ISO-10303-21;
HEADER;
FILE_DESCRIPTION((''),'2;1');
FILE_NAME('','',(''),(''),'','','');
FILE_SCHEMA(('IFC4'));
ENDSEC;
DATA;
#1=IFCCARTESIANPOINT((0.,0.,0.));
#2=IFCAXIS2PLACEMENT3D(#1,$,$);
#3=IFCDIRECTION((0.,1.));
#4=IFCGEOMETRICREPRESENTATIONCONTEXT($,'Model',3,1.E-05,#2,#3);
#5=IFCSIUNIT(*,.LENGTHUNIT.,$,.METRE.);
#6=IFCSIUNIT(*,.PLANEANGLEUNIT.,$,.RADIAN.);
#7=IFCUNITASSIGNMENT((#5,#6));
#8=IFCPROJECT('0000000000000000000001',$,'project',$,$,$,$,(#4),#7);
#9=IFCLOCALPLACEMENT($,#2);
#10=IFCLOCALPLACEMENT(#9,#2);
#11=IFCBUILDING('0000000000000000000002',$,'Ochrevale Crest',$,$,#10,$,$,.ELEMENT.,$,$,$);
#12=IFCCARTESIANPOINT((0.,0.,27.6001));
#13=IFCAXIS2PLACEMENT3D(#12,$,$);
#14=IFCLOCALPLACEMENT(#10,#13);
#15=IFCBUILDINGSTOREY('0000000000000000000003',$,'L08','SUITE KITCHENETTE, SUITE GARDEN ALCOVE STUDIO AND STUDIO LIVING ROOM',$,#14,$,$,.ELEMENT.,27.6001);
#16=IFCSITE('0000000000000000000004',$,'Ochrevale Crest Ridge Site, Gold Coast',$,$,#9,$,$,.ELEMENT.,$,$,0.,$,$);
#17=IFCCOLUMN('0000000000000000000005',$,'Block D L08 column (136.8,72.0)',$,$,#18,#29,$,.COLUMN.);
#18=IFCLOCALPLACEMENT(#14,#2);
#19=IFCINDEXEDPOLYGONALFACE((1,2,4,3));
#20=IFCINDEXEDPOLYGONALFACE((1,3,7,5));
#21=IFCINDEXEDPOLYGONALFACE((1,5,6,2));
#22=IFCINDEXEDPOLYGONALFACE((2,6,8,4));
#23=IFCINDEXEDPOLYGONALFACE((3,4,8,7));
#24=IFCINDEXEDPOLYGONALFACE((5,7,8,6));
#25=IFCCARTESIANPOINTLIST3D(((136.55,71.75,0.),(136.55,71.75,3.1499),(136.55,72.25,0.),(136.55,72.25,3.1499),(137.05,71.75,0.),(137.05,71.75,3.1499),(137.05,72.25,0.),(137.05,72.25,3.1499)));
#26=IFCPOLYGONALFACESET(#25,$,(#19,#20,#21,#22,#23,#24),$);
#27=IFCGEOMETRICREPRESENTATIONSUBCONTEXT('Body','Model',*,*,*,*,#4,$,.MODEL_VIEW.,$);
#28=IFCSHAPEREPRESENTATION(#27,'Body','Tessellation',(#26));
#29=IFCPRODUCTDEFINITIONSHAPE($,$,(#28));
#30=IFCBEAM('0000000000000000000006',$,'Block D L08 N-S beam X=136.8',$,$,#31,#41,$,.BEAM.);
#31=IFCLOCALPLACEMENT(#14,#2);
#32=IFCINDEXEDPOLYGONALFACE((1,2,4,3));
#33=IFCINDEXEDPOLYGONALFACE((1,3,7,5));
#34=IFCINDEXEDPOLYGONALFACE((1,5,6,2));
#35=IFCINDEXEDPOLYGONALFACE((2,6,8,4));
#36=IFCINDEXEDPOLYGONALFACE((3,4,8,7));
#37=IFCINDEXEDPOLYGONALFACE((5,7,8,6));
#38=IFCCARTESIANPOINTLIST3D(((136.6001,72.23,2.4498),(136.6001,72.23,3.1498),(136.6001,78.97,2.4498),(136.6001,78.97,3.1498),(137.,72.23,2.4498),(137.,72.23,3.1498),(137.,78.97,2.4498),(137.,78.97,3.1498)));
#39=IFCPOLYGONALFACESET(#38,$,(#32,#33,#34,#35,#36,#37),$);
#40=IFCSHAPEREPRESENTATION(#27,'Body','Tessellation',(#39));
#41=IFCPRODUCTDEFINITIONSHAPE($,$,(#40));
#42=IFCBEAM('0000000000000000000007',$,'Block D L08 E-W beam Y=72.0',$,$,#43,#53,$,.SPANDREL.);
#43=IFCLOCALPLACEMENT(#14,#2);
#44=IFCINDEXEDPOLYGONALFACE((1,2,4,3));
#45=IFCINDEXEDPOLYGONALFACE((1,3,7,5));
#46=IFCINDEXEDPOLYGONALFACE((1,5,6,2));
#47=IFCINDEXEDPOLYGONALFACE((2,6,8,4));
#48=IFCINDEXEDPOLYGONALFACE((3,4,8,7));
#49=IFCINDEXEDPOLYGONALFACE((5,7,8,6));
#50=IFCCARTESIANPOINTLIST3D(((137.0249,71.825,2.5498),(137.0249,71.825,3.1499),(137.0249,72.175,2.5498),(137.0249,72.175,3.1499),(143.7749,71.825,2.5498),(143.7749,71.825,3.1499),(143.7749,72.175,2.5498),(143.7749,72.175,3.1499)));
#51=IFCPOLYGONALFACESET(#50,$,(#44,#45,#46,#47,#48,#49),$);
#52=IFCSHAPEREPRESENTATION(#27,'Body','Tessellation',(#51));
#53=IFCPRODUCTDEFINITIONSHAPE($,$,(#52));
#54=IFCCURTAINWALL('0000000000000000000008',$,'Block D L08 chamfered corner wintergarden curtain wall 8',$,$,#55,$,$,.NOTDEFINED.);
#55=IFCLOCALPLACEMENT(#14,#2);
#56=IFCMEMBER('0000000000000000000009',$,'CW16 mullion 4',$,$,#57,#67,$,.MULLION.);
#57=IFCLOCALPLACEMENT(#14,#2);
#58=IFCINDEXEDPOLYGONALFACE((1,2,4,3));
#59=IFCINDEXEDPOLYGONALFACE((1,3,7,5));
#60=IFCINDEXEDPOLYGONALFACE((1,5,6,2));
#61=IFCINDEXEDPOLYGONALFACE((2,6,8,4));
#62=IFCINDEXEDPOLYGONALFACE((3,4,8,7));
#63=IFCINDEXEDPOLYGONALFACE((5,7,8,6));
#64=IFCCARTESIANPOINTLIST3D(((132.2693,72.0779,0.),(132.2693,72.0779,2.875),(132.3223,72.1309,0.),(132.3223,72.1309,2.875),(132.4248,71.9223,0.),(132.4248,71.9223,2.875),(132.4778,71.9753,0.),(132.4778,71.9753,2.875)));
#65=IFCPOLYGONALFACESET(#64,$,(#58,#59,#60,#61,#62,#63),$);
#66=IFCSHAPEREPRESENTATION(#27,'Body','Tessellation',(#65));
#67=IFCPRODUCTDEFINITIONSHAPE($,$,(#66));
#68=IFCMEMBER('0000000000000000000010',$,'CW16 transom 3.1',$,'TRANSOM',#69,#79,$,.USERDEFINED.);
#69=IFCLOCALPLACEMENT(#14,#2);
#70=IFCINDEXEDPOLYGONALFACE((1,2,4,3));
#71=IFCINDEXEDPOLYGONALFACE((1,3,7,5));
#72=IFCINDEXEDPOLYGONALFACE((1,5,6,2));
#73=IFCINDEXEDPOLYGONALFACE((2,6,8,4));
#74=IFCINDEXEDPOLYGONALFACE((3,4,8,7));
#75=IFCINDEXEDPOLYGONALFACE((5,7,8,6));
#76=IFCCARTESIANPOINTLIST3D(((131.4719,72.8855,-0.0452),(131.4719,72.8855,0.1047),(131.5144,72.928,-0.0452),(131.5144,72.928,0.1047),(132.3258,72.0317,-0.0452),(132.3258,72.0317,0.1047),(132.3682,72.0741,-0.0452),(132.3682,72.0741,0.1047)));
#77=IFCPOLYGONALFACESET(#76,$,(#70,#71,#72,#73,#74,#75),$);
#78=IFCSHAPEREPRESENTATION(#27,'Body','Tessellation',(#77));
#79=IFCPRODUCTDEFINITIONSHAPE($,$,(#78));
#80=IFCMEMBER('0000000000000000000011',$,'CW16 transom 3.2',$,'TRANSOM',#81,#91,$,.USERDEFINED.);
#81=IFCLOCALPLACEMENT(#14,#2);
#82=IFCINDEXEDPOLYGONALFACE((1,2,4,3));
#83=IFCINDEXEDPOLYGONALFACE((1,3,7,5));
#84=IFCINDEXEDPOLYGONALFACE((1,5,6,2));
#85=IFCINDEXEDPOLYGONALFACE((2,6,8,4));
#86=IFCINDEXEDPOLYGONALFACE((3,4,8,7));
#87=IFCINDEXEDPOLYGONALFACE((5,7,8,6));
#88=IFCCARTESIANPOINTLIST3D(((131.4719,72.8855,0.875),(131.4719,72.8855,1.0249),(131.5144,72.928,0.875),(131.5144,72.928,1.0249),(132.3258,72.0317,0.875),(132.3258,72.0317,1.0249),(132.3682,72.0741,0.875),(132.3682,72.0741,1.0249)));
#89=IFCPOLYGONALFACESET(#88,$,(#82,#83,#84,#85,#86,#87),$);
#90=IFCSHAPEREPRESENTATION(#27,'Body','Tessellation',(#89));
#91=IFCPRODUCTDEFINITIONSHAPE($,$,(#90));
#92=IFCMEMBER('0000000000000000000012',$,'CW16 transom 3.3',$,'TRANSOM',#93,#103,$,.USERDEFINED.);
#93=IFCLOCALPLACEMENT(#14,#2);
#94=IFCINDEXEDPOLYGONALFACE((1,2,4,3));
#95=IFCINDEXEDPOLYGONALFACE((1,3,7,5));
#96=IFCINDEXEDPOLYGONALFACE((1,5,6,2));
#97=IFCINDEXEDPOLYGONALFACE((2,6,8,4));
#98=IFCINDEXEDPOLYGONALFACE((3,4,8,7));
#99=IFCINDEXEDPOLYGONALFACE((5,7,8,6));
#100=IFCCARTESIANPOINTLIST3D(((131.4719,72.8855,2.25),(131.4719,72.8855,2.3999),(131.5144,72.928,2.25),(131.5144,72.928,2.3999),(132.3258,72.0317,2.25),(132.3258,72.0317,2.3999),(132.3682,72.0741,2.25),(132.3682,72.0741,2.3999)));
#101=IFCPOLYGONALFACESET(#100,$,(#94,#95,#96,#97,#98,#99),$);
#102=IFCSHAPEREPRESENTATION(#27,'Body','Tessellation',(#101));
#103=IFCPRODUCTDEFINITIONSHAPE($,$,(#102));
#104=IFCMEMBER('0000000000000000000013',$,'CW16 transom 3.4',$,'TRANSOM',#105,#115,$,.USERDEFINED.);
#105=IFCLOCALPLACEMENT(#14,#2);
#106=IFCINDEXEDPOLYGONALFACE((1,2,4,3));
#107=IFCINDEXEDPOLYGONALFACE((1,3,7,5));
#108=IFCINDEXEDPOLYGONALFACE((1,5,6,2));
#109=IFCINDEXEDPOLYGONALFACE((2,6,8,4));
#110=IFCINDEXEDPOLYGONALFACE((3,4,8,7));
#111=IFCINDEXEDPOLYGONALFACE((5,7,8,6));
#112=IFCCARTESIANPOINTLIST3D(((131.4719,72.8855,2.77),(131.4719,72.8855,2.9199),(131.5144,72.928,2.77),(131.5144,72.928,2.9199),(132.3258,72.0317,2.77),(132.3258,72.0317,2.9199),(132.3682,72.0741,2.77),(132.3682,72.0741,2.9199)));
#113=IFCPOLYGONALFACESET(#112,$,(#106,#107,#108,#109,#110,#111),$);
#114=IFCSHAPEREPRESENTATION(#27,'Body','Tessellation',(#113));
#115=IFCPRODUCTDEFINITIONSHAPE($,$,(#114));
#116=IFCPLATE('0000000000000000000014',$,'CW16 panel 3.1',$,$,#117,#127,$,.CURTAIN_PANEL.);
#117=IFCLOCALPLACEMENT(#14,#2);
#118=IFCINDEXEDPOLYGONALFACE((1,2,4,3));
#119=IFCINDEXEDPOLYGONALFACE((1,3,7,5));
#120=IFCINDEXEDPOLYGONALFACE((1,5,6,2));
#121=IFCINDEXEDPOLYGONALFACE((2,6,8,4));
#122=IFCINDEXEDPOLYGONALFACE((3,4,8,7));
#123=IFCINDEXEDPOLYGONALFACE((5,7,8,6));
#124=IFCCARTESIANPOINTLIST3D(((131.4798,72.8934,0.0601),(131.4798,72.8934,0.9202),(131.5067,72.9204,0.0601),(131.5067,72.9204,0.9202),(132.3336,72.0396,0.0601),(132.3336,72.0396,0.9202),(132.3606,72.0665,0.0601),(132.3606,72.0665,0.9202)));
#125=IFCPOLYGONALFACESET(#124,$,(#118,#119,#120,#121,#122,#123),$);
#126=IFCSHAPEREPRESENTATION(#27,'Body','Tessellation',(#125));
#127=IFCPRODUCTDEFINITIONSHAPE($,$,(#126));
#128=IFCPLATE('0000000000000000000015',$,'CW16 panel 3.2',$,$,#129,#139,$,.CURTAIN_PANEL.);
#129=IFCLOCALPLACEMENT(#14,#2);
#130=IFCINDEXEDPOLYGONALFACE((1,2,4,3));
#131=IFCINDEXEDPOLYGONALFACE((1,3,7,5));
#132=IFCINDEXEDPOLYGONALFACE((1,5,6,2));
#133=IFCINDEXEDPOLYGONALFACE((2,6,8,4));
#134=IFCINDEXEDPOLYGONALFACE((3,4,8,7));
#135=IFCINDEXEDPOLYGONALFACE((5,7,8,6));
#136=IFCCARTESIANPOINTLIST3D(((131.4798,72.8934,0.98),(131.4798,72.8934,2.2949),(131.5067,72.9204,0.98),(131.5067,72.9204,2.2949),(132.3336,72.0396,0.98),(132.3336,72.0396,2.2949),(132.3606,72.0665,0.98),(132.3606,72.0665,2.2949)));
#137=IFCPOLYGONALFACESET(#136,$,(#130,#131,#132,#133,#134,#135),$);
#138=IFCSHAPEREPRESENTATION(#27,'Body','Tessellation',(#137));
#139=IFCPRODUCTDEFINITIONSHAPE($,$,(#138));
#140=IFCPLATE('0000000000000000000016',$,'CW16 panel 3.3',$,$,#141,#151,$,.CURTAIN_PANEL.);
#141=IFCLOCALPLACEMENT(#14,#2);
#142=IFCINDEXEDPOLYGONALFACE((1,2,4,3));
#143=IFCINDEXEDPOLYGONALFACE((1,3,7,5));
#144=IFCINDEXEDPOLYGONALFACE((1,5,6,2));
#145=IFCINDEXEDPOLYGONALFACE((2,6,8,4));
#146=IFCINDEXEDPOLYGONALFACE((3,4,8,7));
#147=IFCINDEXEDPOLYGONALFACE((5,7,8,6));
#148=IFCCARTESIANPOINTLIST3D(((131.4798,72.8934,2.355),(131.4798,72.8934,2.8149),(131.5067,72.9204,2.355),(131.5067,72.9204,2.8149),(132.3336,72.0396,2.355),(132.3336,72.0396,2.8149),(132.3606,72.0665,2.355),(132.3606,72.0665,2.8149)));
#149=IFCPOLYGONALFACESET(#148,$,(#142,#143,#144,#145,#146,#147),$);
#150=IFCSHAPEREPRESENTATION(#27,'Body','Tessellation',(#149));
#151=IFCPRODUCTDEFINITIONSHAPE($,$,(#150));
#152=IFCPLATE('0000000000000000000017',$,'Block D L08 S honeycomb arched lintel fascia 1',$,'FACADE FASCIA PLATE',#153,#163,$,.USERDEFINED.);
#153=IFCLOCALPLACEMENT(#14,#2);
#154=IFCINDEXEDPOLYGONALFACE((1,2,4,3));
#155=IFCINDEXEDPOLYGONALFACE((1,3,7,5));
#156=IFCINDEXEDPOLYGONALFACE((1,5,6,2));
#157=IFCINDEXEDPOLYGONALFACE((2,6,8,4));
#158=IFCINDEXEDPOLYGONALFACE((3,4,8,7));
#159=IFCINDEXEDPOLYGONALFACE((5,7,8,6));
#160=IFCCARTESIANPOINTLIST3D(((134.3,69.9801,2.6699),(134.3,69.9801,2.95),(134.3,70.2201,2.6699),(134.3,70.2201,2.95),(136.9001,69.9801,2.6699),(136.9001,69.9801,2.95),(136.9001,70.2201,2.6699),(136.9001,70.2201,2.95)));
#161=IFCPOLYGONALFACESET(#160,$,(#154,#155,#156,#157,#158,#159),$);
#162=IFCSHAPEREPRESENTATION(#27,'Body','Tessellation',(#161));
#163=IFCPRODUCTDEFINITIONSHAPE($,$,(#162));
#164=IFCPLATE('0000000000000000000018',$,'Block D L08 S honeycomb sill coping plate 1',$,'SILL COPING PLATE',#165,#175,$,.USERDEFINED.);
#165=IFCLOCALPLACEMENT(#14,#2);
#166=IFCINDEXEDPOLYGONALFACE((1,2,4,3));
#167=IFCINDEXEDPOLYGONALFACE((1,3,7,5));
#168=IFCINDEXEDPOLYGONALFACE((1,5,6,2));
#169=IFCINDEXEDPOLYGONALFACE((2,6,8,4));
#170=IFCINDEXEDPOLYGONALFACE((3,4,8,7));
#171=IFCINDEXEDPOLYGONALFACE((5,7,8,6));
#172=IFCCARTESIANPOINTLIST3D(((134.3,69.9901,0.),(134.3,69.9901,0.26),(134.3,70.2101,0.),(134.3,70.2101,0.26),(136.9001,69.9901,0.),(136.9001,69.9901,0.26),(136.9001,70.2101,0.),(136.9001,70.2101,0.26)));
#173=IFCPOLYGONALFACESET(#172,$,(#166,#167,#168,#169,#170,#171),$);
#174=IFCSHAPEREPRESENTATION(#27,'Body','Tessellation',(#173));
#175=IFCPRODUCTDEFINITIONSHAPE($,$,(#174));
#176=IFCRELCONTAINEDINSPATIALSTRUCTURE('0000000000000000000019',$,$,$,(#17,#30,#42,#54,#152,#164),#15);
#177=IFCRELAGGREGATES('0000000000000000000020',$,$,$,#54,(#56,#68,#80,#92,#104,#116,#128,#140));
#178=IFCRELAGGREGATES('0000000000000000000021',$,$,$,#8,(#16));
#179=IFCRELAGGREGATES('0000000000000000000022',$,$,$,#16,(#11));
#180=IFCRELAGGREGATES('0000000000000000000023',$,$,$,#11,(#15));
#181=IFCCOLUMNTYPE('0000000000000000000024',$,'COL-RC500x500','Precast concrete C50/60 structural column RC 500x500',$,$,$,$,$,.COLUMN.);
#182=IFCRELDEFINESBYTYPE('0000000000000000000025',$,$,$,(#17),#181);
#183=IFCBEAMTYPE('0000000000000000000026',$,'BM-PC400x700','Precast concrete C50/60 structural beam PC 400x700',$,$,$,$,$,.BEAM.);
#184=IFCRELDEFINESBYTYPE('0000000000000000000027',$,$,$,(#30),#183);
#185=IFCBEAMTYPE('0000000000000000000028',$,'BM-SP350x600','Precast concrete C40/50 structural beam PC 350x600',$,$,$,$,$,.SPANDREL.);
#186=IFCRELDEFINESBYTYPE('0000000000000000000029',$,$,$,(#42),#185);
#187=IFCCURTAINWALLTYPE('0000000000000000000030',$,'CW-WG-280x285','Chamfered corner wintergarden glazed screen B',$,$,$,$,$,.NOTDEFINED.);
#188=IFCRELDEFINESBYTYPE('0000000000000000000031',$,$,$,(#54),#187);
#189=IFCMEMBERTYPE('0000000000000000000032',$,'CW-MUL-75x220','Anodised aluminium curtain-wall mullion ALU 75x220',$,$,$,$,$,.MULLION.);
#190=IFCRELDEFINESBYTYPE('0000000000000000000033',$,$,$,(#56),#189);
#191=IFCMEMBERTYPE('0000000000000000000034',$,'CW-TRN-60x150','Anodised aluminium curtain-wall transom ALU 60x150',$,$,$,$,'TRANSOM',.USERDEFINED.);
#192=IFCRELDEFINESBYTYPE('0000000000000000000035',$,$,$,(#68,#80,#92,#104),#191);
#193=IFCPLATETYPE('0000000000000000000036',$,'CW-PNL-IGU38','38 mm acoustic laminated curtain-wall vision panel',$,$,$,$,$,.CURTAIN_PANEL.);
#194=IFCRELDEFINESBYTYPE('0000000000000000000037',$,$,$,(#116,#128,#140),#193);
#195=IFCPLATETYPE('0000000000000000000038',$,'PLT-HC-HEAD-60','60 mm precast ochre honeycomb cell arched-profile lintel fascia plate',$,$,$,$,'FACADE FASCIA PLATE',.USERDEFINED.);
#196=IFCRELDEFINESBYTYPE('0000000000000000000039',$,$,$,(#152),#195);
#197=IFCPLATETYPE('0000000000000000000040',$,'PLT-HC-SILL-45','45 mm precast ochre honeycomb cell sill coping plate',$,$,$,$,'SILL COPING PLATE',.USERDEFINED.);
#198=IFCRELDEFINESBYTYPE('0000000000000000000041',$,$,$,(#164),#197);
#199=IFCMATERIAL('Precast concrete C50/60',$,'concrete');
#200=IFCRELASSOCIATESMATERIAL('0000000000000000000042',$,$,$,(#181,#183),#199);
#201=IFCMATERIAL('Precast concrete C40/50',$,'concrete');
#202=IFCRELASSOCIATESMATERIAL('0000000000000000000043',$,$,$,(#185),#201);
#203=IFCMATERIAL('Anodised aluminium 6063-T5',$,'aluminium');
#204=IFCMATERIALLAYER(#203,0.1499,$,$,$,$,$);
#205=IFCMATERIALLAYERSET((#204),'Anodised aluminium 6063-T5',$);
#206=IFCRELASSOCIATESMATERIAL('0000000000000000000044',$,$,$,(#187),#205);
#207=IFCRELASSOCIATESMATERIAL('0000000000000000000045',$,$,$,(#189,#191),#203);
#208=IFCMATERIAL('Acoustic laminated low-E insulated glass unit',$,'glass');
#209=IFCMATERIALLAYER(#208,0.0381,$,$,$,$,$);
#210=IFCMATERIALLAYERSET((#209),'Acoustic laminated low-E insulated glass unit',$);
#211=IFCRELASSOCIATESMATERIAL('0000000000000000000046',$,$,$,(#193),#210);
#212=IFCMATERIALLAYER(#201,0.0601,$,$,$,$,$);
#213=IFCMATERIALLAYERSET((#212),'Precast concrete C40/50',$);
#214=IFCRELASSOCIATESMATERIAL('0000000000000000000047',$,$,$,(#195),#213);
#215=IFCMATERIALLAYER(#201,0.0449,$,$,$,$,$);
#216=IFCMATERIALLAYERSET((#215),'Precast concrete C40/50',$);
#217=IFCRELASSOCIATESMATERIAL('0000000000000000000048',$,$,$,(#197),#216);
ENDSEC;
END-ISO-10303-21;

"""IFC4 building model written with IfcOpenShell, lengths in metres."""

from ifc_helpers import new_model, si_unit, direction, frame, origin, origin_2d, place, context, subcontext, project, spatial, rectangle, extrude, material, layer, layer_set, material_profile, profile_set, type_object, element, aggregate, save


model = new_model("IFC4")

# Units and contexts
model_context = context("Model", 3, precision=1e-05, world=origin(), true_north=direction((0.0, 1.0)))
body_context = subcontext(model_context, "Body", "Model", "MODEL_VIEW")
ifc_project = project(units=[si_unit("LENGTHUNIT", "METRE"), si_unit("PLANEANGLEUNIT", "RADIAN")], contexts=[model_context])

# Site, building, storey
site_placement = place(None, origin())
site = spatial("IfcSite", under=ifc_project, at=site_placement, Name="Ochrevale Crest Ridge Site, Gold Coast", CompositionType="ELEMENT", RefElevation=0.0)
building_placement = place(site_placement, origin())
building = spatial("IfcBuilding", under=site, at=building_placement, Name="Ochrevale Crest", CompositionType="ELEMENT")
storey_placement = place(building_placement, frame((0.0, 0.0, 27.6001)))
storey = spatial("IfcBuildingStorey", under=building, at=storey_placement, Name="L08", Description="SUITE KITCHENETTE, SUITE GARDEN ALCOVE STUDIO AND STUDIO LIVING ROOM", CompositionType="ELEMENT", Elevation=27.6001)

# Column
ifc_material_1 = material(Name="Precast concrete C50/60", Category="concrete")
ifc_material_profile_1 = material_profile(ifc_material_1, rectangle(XDim=0.5, YDim=0.5, at=origin_2d()), Name="RC 500x500")
ifc_profile_set_1 = profile_set([ifc_material_profile_1], Name="Precast concrete C50/60")
column_type = type_object("IfcColumnType", Name="COL-RC500x500", Description="Precast concrete C50/60 structural column RC 500x500", PredefinedType="COLUMN", material=ifc_profile_set_1)
column_placement = place(storey_placement, frame((136.8, 72.0, 0.0), z_axis=(0.0, 0.0, 1.0), x_axis=(1.0, 0.0, 0.0)))
element("IfcColumn", 1, at=column_placement, inside=storey, type_object=column_type, Name="Block D L08 column (136.8,72.0)", PredefinedType="COLUMN", context=body_context, shape_type="SweptSolid", body=[
    extrude(rectangle(XDim=0.5, YDim=0.5, at=origin_2d()), origin(), (0.0, 0.0, 1.0), 3.1499),
])

# Beams
ifc_material_profile_2 = material_profile(ifc_material_1, rectangle(XDim=0.3999, YDim=0.7, at=origin_2d()), Name="PC 400x700")
ifc_profile_set_2 = profile_set([ifc_material_profile_2], Name="Precast concrete C50/60")
beam_type_1 = type_object("IfcBeamType", Name="BM-PC400x700", Description="Precast concrete C50/60 structural beam PC 400x700", PredefinedType="BEAM", material=ifc_profile_set_2)
beam_1_placement = place(storey_placement, frame((136.8, 72.23, 2.7998), z_axis=(0.0, 1.0, 0.0), x_axis=(-1.0, 0.0, 0.0)))
element("IfcBeam", 2, at=beam_1_placement, inside=storey, type_object=beam_type_1, Name="Block D L08 N-S beam X=136.8", PredefinedType="BEAM", context=body_context, shape_type="SweptSolid", body=[
    extrude(rectangle(XDim=0.3999, YDim=0.7, at=origin_2d()), origin(), (0.0, 0.0, 1.0), 6.74),
])
ifc_material_2 = material(Name="Precast concrete C40/50", Category="concrete")
ifc_material_profile_3 = material_profile(ifc_material_2, rectangle(XDim=0.3501, YDim=0.6001, at=origin_2d()), Name="PC 350x600")
ifc_profile_set_3 = profile_set([ifc_material_profile_3], Name="Precast concrete C40/50")
beam_type_2 = type_object("IfcBeamType", Name="BM-SP350x600", Description="Precast concrete C40/50 structural beam PC 350x600", PredefinedType="SPANDREL", material=ifc_profile_set_3)
beam_2_placement = place(storey_placement, frame((137.0249, 72.0, 2.8499), z_axis=(1.0, 0.0, 0.0), x_axis=(0.0, 1.0, 0.0)))
element("IfcBeam", 3, at=beam_2_placement, inside=storey, type_object=beam_type_2, Name="Block D L08 E-W beam Y=72.0", PredefinedType="SPANDREL", context=body_context, shape_type="SweptSolid", body=[
    extrude(rectangle(XDim=0.3501, YDim=0.6001, at=origin_2d()), origin(), (0.0, 0.0, 1.0), 6.75),
])

# Curtain wall, members, plates
ifc_material_3 = material(Name="Anodised aluminium 6063-T5", Category="aluminium")
ifc_layer_1 = layer(ifc_material_3, 0.1499)
ifc_layer_set_1 = layer_set([ifc_layer_1], Name="Anodised aluminium 6063-T5")
curtain_wall_type = type_object("IfcCurtainWallType", Name="CW-WG-280x285", Description="Chamfered corner wintergarden glazed screen B", PredefinedType="NOTDEFINED", material=ifc_layer_set_1)
curtain_wall_placement = place(storey_placement, origin())
curtain_wall = element("IfcCurtainWall", 4, at=curtain_wall_placement, inside=storey, type_object=curtain_wall_type, Name="Block D L08 chamfered corner wintergarden curtain wall 8", PredefinedType="NOTDEFINED")
ifc_material_profile_4 = material_profile(ifc_material_3, rectangle(XDim=0.075, YDim=0.22, at=origin_2d()), Name="ALU 75x220")
ifc_profile_set_4 = profile_set([ifc_material_profile_4], Name="Anodised aluminium 6063-T5")
member_type_1 = type_object("IfcMemberType", Name="CW-MUL-75x220", Description="Anodised aluminium curtain-wall mullion ALU 75x220", PredefinedType="MULLION", material=ifc_profile_set_4)
member_1_placement = place(storey_placement, frame((132.3735, 72.0266, 0.0), z_axis=(0.0, 0.0, 1.0), x_axis=(0.707107, 0.707107, 0.0)))
member_1 = element("IfcMember", 5, at=member_1_placement, type_object=member_type_1, Name="CW16 mullion 4", PredefinedType="MULLION", context=body_context, shape_type="SweptSolid", body=[
    extrude(rectangle(XDim=0.075, YDim=0.22, at=origin_2d()), origin(), (0.0, 0.0, 1.0), 2.875),
])
ifc_material_profile_5 = material_profile(ifc_material_3, rectangle(XDim=0.0601, YDim=0.1499, at=origin_2d()), Name="ALU 60x150")
ifc_profile_set_5 = profile_set([ifc_material_profile_5], Name="Anodised aluminium 6063-T5")
member_type_2 = type_object("IfcMemberType", Name="CW-TRN-60x150", Description="Anodised aluminium curtain-wall transom ALU 60x150", ElementType="TRANSOM", PredefinedType="USERDEFINED", material=ifc_profile_set_5)
member_2_placement = place(storey_placement, frame((131.4932, 72.9067, 0.0298), z_axis=(0.707107, -0.707107, 0.0), x_axis=(0.707107, 0.707107, 0.0)))
member_2 = element("IfcMember", 6, at=member_2_placement, type_object=member_type_2, Name="CW16 transom 3.1", ObjectType="TRANSOM", PredefinedType="USERDEFINED", context=body_context, shape_type="SweptSolid", body=[
    extrude(rectangle(XDim=0.0601, YDim=0.1499, at=origin_2d()), origin(), (0.0, 0.0, 1.0), 1.2075),
])
member_3_placement = place(storey_placement, frame((131.4932, 72.9067, 0.95), z_axis=(0.707107, -0.707107, 0.0), x_axis=(0.707107, 0.707107, 0.0)))
member_3 = element("IfcMember", 7, at=member_3_placement, type_object=member_type_2, Name="CW16 transom 3.2", ObjectType="TRANSOM", PredefinedType="USERDEFINED", context=body_context, shape_type="SweptSolid", body=[
    extrude(rectangle(XDim=0.0601, YDim=0.1499, at=origin_2d()), origin(), (0.0, 0.0, 1.0), 1.2075),
])
member_4_placement = place(storey_placement, frame((131.4932, 72.9067, 2.325), z_axis=(0.707107, -0.707107, 0.0), x_axis=(0.707107, 0.707107, 0.0)))
member_4 = element("IfcMember", 8, at=member_4_placement, type_object=member_type_2, Name="CW16 transom 3.3", ObjectType="TRANSOM", PredefinedType="USERDEFINED", context=body_context, shape_type="SweptSolid", body=[
    extrude(rectangle(XDim=0.0601, YDim=0.1499, at=origin_2d()), origin(), (0.0, 0.0, 1.0), 1.2075),
])
member_5_placement = place(storey_placement, frame((131.4932, 72.9067, 2.845), z_axis=(0.707107, -0.707107, 0.0), x_axis=(0.707107, 0.707107, 0.0)))
member_5 = element("IfcMember", 9, at=member_5_placement, type_object=member_type_2, Name="CW16 transom 3.4", ObjectType="TRANSOM", PredefinedType="USERDEFINED", context=body_context, shape_type="SweptSolid", body=[
    extrude(rectangle(XDim=0.0601, YDim=0.1499, at=origin_2d()), origin(), (0.0, 0.0, 1.0), 1.2075),
])
ifc_material_4 = material(Name="Acoustic laminated low-E insulated glass unit", Category="glass")
ifc_layer_2 = layer(ifc_material_4, 0.0381)
ifc_layer_set_2 = layer_set([ifc_layer_2], Name="Acoustic laminated low-E insulated glass unit")
plate_type_1 = type_object("IfcPlateType", Name="CW-PNL-IGU38", Description="38 mm acoustic laminated curtain-wall vision panel", PredefinedType="CURTAIN_PANEL", material=ifc_layer_set_2)
plate_1_placement = place(storey_placement, frame((131.9202, 72.48, 0.0601), z_axis=(0.0, 0.0, 1.0), x_axis=(0.707107, -0.707107, 0.0)))
plate_1 = element("IfcPlate", 10, at=plate_1_placement, type_object=plate_type_1, Name="CW16 panel 3.1", PredefinedType="CURTAIN_PANEL", context=body_context, shape_type="SweptSolid", body=[
    extrude(rectangle(XDim=1.2075, YDim=0.0381, at=origin_2d()), origin(), (0.0, 0.0, 1.0), 0.8601),
])
plate_2_placement = place(storey_placement, frame((131.9202, 72.48, 0.98), z_axis=(0.0, 0.0, 1.0), x_axis=(0.707107, -0.707107, 0.0)))
plate_2 = element("IfcPlate", 11, at=plate_2_placement, type_object=plate_type_1, Name="CW16 panel 3.2", PredefinedType="CURTAIN_PANEL", context=body_context, shape_type="SweptSolid", body=[
    extrude(rectangle(XDim=1.2075, YDim=0.0381, at=origin_2d()), origin(), (0.0, 0.0, 1.0), 1.3149),
])
plate_3_placement = place(storey_placement, frame((131.9202, 72.48, 2.355), z_axis=(0.0, 0.0, 1.0), x_axis=(0.707107, -0.707107, 0.0)))
plate_3 = element("IfcPlate", 12, at=plate_3_placement, type_object=plate_type_1, Name="CW16 panel 3.3", PredefinedType="CURTAIN_PANEL", context=body_context, shape_type="SweptSolid", body=[
    extrude(rectangle(XDim=1.2075, YDim=0.0381, at=origin_2d()), origin(), (0.0, 0.0, 1.0), 0.46),
])
aggregate(curtain_wall, [member_1, member_2, member_3, member_4, member_5, plate_1, plate_2, plate_3])

# Plates
ifc_layer_3 = layer(ifc_material_2, 0.0601)
ifc_layer_set_3 = layer_set([ifc_layer_3], Name="Precast concrete C40/50")
plate_type_2 = type_object("IfcPlateType", Name="PLT-HC-HEAD-60", Description="60 mm precast ochre honeycomb cell arched-profile lintel fascia plate", ElementType="FACADE FASCIA PLATE", PredefinedType="USERDEFINED", material=ifc_layer_set_3)
plate_4_placement = place(storey_placement, frame((135.6001, 70.1001, 2.6699), z_axis=(0.0, 0.0, 1.0), x_axis=(1.0, 0.0, 0.0)))
element("IfcPlate", 13, at=plate_4_placement, inside=storey, type_object=plate_type_2, Name="Block D L08 S honeycomb arched lintel fascia 1", ObjectType="FACADE FASCIA PLATE", PredefinedType="USERDEFINED", context=body_context, shape_type="SweptSolid", body=[
    extrude(rectangle(XDim=2.6001, YDim=0.24, at=origin_2d()), origin(), (0.0, 0.0, 1.0), 0.28),
])
ifc_layer_4 = layer(ifc_material_2, 0.0449)
ifc_layer_set_4 = layer_set([ifc_layer_4], Name="Precast concrete C40/50")
plate_type_3 = type_object("IfcPlateType", Name="PLT-HC-SILL-45", Description="45 mm precast ochre honeycomb cell sill coping plate", ElementType="SILL COPING PLATE", PredefinedType="USERDEFINED", material=ifc_layer_set_4)
plate_5_placement = place(storey_placement, frame((135.6001, 70.1001, 0.0), z_axis=(0.0, 0.0, 1.0), x_axis=(1.0, 0.0, 0.0)))
element("IfcPlate", 14, at=plate_5_placement, inside=storey, type_object=plate_type_3, Name="Block D L08 S honeycomb sill coping plate 1", ObjectType="SILL COPING PLATE", PredefinedType="USERDEFINED", context=body_context, shape_type="SweptSolid", body=[
    extrude(rectangle(XDim=2.6001, YDim=0.22, at=origin_2d()), origin(), (0.0, 0.0, 1.0), 0.26),
])

save(model, "model.ifc")
